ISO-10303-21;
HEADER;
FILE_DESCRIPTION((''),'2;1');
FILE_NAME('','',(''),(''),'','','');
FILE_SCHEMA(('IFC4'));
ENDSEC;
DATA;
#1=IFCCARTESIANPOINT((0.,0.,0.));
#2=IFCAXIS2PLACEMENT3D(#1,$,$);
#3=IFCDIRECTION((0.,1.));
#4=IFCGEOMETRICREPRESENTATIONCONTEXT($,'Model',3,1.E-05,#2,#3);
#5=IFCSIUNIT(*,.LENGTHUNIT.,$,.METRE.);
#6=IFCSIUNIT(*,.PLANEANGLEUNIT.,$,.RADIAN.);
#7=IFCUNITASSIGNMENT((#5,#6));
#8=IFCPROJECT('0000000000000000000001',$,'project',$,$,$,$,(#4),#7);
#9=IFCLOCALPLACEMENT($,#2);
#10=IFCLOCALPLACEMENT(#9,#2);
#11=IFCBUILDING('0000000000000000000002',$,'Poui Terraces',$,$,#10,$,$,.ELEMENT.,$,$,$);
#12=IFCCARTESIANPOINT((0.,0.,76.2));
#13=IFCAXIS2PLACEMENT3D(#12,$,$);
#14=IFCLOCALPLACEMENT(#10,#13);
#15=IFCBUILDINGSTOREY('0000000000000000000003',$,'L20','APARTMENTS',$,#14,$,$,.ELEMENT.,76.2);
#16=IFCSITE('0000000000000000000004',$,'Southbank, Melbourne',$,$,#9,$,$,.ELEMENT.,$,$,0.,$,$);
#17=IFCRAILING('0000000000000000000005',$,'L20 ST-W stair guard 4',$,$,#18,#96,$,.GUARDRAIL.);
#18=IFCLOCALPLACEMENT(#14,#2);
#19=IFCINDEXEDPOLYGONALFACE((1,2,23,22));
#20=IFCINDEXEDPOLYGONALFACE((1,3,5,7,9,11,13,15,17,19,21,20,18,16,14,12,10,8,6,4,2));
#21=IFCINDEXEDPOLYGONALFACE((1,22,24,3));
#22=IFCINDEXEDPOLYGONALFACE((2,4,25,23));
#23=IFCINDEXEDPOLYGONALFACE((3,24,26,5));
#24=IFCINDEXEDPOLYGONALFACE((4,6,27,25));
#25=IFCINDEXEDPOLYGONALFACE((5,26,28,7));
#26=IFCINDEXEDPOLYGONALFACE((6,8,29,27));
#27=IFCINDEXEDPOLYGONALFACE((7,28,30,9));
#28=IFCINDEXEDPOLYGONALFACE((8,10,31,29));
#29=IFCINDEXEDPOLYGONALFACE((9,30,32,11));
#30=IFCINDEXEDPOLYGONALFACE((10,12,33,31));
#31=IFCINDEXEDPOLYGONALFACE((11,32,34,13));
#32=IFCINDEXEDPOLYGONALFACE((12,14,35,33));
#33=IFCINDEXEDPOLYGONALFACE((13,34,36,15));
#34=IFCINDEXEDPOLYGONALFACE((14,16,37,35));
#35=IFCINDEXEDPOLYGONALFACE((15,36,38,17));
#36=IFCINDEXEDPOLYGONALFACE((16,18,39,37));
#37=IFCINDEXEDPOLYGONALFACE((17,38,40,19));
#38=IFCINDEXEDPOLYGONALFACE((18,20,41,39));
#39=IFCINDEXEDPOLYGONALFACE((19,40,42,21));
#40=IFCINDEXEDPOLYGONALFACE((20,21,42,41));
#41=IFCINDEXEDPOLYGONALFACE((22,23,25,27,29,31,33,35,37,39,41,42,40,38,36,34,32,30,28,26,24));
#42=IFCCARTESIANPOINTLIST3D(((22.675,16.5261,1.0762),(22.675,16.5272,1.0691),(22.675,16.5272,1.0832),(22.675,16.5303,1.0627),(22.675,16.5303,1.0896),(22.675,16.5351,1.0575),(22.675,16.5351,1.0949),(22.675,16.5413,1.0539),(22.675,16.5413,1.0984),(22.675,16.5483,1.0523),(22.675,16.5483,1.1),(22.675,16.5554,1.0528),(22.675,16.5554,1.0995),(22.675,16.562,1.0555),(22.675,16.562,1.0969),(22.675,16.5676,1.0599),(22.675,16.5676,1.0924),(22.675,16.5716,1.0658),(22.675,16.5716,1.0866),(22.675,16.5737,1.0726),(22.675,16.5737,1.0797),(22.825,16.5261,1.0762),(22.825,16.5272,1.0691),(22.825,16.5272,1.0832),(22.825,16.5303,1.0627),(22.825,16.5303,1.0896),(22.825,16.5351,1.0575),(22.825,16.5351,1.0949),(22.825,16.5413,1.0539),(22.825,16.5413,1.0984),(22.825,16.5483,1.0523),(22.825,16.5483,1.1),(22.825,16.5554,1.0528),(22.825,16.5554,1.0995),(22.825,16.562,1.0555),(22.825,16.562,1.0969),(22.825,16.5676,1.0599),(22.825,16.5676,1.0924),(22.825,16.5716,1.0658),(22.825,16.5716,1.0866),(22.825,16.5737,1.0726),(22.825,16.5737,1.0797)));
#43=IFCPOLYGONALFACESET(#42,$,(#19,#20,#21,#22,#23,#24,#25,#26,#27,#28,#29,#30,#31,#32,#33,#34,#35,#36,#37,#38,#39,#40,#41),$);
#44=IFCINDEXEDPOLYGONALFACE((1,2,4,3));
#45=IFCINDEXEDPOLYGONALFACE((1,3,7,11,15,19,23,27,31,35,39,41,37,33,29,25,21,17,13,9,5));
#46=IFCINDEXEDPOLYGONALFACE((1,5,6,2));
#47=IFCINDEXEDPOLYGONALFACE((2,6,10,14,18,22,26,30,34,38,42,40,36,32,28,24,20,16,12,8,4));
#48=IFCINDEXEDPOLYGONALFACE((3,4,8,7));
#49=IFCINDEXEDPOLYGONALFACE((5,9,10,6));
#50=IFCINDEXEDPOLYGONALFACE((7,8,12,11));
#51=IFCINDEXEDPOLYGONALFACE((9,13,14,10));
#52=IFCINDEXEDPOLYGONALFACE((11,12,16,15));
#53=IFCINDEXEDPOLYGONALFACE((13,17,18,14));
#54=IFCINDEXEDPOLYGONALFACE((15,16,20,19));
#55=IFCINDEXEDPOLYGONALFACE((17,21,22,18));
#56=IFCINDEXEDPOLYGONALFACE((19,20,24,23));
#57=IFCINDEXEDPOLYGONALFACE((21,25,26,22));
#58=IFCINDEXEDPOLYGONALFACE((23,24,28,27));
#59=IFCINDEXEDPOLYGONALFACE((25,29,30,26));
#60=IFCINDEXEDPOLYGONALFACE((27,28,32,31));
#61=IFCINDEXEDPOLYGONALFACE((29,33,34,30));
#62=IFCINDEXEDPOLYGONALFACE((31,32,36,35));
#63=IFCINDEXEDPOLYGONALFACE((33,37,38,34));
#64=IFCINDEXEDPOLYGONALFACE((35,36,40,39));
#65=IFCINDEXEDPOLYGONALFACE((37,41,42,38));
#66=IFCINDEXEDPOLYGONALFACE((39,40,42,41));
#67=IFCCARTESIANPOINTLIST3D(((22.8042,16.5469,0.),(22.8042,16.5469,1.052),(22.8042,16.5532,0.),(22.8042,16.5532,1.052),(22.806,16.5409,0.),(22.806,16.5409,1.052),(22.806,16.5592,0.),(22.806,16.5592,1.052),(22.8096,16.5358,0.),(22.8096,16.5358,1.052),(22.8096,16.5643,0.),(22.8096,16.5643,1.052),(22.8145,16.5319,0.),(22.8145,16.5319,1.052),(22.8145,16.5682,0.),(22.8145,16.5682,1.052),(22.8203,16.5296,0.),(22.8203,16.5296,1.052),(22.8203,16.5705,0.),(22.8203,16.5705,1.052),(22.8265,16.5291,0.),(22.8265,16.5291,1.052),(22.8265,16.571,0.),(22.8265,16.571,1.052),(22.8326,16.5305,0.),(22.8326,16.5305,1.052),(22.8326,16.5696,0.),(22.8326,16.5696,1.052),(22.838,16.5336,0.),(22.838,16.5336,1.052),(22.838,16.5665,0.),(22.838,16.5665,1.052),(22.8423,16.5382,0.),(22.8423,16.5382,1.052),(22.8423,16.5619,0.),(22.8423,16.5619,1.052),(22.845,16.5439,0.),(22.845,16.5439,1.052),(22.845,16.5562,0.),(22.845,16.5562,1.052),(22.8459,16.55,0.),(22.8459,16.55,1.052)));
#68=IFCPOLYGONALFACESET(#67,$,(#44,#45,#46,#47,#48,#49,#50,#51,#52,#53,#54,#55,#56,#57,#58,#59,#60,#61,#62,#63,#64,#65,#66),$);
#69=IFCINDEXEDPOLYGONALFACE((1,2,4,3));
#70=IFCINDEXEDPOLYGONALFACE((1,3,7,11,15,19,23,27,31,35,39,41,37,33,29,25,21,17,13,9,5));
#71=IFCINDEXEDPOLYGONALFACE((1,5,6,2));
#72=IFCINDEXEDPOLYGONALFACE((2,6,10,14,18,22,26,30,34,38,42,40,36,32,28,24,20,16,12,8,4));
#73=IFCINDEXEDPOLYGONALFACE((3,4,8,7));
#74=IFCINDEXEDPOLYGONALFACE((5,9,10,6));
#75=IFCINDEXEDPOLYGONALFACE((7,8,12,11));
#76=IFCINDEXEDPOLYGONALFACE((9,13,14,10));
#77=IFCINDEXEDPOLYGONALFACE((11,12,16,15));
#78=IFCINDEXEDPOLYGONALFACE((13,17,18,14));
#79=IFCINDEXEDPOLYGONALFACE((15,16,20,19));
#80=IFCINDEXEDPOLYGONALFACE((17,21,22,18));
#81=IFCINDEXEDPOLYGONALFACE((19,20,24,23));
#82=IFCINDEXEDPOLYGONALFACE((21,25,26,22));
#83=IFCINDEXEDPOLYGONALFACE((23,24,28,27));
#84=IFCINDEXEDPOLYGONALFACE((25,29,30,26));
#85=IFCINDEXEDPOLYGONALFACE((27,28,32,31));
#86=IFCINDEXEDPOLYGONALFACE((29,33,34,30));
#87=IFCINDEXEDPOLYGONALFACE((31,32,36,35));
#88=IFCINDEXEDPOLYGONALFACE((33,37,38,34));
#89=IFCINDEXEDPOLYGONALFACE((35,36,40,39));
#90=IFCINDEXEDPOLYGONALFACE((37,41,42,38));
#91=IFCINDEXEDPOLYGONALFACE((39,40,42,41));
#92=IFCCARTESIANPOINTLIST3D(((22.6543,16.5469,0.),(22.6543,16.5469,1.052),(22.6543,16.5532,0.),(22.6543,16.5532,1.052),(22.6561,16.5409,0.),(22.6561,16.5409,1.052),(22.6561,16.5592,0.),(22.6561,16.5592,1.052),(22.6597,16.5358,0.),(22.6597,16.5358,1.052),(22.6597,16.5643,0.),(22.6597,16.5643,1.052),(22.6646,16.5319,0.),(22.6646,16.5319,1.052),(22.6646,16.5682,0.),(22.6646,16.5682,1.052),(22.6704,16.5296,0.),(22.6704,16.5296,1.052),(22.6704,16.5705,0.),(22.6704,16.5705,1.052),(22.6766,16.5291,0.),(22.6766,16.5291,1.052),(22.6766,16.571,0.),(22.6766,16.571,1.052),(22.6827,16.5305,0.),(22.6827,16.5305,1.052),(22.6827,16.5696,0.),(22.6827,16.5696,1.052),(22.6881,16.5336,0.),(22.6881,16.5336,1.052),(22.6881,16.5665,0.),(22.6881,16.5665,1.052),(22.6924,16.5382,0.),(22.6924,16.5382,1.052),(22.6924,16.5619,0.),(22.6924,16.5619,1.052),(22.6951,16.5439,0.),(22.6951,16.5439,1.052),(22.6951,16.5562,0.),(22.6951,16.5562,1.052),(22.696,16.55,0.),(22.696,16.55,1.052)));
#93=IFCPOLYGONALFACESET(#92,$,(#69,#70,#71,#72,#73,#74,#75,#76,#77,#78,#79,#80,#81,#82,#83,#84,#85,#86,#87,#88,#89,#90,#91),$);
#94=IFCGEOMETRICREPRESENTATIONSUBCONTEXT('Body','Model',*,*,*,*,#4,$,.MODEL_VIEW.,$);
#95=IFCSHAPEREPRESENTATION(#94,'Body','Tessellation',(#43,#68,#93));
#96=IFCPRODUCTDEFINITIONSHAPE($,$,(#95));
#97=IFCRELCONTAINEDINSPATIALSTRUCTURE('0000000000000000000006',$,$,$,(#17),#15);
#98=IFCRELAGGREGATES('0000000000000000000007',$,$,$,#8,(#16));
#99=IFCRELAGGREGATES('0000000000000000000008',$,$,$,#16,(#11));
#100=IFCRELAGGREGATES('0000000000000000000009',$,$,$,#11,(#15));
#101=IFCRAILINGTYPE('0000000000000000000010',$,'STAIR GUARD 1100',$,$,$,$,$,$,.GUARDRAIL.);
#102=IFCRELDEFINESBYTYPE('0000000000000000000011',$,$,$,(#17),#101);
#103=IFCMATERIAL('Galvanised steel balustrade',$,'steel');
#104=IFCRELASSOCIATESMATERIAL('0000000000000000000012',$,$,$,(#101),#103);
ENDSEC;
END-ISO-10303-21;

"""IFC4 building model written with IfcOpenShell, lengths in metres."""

from ifc_helpers import new_model, si_unit, direction, frame, origin, origin_2d, place, context, subcontext, project, spatial, circle, extrude, material, type_object, element, save


model = new_model("IFC4")

# Units and contexts
model_context = context("Model", 3, precision=1e-05, world=origin(), true_north=direction((0.0, 1.0)))
body_context = subcontext(model_context, "Body", "Model", "MODEL_VIEW")
ifc_project = project(units=[si_unit("LENGTHUNIT", "METRE"), si_unit("PLANEANGLEUNIT", "RADIAN")], contexts=[model_context])

# Site, building, storey
site_placement = place(None, origin())
site = spatial("IfcSite", under=ifc_project, at=site_placement, Name="Southbank, Melbourne", CompositionType="ELEMENT", RefElevation=0.0)
building_placement = place(site_placement, origin())
building = spatial("IfcBuilding", under=site, at=building_placement, Name="Poui Terraces", CompositionType="ELEMENT")
storey_placement = place(building_placement, frame((0.0, 0.0, 76.2)))
storey = spatial("IfcBuildingStorey", under=building, at=storey_placement, Name="L20", Description="APARTMENTS", CompositionType="ELEMENT", Elevation=76.2)

# Railing
ifc_material_1 = material(Name="Galvanised steel balustrade", Category="steel")
railing_type_1 = type_object("IfcRailingType", Name="STAIR GUARD 1100", PredefinedType="GUARDRAIL", material=ifc_material_1)
railing_1_placement = place(storey_placement, frame((22.825, 16.55, 0.0)))
element("IfcRailing", 1, at=railing_1_placement, inside=storey, type_object=railing_type_1, Name="L20 ST-W stair guard 4", PredefinedType="GUARDRAIL", context=body_context, shape_type="SweptSolid", body=[
    extrude(circle(Radius=0.0239, at=origin_2d()), frame((0.0, 0.0, 1.0762), z_axis=(-1.0, 0.0, 0.0), x_axis=(0.0, -1.0, 0.0)), (0.0, 0.0, 1.0), 0.1499),
    extrude(circle(Radius=0.021, at=origin_2d()), origin(), (0.0, 0.0, 1.0), 1.052),
    extrude(circle(Radius=0.021, at=origin_2d()), frame((-0.1499, 0.0, 0.0)), (0.0, 0.0, 1.0), 1.052),
])

save(model, "model.ifc")
